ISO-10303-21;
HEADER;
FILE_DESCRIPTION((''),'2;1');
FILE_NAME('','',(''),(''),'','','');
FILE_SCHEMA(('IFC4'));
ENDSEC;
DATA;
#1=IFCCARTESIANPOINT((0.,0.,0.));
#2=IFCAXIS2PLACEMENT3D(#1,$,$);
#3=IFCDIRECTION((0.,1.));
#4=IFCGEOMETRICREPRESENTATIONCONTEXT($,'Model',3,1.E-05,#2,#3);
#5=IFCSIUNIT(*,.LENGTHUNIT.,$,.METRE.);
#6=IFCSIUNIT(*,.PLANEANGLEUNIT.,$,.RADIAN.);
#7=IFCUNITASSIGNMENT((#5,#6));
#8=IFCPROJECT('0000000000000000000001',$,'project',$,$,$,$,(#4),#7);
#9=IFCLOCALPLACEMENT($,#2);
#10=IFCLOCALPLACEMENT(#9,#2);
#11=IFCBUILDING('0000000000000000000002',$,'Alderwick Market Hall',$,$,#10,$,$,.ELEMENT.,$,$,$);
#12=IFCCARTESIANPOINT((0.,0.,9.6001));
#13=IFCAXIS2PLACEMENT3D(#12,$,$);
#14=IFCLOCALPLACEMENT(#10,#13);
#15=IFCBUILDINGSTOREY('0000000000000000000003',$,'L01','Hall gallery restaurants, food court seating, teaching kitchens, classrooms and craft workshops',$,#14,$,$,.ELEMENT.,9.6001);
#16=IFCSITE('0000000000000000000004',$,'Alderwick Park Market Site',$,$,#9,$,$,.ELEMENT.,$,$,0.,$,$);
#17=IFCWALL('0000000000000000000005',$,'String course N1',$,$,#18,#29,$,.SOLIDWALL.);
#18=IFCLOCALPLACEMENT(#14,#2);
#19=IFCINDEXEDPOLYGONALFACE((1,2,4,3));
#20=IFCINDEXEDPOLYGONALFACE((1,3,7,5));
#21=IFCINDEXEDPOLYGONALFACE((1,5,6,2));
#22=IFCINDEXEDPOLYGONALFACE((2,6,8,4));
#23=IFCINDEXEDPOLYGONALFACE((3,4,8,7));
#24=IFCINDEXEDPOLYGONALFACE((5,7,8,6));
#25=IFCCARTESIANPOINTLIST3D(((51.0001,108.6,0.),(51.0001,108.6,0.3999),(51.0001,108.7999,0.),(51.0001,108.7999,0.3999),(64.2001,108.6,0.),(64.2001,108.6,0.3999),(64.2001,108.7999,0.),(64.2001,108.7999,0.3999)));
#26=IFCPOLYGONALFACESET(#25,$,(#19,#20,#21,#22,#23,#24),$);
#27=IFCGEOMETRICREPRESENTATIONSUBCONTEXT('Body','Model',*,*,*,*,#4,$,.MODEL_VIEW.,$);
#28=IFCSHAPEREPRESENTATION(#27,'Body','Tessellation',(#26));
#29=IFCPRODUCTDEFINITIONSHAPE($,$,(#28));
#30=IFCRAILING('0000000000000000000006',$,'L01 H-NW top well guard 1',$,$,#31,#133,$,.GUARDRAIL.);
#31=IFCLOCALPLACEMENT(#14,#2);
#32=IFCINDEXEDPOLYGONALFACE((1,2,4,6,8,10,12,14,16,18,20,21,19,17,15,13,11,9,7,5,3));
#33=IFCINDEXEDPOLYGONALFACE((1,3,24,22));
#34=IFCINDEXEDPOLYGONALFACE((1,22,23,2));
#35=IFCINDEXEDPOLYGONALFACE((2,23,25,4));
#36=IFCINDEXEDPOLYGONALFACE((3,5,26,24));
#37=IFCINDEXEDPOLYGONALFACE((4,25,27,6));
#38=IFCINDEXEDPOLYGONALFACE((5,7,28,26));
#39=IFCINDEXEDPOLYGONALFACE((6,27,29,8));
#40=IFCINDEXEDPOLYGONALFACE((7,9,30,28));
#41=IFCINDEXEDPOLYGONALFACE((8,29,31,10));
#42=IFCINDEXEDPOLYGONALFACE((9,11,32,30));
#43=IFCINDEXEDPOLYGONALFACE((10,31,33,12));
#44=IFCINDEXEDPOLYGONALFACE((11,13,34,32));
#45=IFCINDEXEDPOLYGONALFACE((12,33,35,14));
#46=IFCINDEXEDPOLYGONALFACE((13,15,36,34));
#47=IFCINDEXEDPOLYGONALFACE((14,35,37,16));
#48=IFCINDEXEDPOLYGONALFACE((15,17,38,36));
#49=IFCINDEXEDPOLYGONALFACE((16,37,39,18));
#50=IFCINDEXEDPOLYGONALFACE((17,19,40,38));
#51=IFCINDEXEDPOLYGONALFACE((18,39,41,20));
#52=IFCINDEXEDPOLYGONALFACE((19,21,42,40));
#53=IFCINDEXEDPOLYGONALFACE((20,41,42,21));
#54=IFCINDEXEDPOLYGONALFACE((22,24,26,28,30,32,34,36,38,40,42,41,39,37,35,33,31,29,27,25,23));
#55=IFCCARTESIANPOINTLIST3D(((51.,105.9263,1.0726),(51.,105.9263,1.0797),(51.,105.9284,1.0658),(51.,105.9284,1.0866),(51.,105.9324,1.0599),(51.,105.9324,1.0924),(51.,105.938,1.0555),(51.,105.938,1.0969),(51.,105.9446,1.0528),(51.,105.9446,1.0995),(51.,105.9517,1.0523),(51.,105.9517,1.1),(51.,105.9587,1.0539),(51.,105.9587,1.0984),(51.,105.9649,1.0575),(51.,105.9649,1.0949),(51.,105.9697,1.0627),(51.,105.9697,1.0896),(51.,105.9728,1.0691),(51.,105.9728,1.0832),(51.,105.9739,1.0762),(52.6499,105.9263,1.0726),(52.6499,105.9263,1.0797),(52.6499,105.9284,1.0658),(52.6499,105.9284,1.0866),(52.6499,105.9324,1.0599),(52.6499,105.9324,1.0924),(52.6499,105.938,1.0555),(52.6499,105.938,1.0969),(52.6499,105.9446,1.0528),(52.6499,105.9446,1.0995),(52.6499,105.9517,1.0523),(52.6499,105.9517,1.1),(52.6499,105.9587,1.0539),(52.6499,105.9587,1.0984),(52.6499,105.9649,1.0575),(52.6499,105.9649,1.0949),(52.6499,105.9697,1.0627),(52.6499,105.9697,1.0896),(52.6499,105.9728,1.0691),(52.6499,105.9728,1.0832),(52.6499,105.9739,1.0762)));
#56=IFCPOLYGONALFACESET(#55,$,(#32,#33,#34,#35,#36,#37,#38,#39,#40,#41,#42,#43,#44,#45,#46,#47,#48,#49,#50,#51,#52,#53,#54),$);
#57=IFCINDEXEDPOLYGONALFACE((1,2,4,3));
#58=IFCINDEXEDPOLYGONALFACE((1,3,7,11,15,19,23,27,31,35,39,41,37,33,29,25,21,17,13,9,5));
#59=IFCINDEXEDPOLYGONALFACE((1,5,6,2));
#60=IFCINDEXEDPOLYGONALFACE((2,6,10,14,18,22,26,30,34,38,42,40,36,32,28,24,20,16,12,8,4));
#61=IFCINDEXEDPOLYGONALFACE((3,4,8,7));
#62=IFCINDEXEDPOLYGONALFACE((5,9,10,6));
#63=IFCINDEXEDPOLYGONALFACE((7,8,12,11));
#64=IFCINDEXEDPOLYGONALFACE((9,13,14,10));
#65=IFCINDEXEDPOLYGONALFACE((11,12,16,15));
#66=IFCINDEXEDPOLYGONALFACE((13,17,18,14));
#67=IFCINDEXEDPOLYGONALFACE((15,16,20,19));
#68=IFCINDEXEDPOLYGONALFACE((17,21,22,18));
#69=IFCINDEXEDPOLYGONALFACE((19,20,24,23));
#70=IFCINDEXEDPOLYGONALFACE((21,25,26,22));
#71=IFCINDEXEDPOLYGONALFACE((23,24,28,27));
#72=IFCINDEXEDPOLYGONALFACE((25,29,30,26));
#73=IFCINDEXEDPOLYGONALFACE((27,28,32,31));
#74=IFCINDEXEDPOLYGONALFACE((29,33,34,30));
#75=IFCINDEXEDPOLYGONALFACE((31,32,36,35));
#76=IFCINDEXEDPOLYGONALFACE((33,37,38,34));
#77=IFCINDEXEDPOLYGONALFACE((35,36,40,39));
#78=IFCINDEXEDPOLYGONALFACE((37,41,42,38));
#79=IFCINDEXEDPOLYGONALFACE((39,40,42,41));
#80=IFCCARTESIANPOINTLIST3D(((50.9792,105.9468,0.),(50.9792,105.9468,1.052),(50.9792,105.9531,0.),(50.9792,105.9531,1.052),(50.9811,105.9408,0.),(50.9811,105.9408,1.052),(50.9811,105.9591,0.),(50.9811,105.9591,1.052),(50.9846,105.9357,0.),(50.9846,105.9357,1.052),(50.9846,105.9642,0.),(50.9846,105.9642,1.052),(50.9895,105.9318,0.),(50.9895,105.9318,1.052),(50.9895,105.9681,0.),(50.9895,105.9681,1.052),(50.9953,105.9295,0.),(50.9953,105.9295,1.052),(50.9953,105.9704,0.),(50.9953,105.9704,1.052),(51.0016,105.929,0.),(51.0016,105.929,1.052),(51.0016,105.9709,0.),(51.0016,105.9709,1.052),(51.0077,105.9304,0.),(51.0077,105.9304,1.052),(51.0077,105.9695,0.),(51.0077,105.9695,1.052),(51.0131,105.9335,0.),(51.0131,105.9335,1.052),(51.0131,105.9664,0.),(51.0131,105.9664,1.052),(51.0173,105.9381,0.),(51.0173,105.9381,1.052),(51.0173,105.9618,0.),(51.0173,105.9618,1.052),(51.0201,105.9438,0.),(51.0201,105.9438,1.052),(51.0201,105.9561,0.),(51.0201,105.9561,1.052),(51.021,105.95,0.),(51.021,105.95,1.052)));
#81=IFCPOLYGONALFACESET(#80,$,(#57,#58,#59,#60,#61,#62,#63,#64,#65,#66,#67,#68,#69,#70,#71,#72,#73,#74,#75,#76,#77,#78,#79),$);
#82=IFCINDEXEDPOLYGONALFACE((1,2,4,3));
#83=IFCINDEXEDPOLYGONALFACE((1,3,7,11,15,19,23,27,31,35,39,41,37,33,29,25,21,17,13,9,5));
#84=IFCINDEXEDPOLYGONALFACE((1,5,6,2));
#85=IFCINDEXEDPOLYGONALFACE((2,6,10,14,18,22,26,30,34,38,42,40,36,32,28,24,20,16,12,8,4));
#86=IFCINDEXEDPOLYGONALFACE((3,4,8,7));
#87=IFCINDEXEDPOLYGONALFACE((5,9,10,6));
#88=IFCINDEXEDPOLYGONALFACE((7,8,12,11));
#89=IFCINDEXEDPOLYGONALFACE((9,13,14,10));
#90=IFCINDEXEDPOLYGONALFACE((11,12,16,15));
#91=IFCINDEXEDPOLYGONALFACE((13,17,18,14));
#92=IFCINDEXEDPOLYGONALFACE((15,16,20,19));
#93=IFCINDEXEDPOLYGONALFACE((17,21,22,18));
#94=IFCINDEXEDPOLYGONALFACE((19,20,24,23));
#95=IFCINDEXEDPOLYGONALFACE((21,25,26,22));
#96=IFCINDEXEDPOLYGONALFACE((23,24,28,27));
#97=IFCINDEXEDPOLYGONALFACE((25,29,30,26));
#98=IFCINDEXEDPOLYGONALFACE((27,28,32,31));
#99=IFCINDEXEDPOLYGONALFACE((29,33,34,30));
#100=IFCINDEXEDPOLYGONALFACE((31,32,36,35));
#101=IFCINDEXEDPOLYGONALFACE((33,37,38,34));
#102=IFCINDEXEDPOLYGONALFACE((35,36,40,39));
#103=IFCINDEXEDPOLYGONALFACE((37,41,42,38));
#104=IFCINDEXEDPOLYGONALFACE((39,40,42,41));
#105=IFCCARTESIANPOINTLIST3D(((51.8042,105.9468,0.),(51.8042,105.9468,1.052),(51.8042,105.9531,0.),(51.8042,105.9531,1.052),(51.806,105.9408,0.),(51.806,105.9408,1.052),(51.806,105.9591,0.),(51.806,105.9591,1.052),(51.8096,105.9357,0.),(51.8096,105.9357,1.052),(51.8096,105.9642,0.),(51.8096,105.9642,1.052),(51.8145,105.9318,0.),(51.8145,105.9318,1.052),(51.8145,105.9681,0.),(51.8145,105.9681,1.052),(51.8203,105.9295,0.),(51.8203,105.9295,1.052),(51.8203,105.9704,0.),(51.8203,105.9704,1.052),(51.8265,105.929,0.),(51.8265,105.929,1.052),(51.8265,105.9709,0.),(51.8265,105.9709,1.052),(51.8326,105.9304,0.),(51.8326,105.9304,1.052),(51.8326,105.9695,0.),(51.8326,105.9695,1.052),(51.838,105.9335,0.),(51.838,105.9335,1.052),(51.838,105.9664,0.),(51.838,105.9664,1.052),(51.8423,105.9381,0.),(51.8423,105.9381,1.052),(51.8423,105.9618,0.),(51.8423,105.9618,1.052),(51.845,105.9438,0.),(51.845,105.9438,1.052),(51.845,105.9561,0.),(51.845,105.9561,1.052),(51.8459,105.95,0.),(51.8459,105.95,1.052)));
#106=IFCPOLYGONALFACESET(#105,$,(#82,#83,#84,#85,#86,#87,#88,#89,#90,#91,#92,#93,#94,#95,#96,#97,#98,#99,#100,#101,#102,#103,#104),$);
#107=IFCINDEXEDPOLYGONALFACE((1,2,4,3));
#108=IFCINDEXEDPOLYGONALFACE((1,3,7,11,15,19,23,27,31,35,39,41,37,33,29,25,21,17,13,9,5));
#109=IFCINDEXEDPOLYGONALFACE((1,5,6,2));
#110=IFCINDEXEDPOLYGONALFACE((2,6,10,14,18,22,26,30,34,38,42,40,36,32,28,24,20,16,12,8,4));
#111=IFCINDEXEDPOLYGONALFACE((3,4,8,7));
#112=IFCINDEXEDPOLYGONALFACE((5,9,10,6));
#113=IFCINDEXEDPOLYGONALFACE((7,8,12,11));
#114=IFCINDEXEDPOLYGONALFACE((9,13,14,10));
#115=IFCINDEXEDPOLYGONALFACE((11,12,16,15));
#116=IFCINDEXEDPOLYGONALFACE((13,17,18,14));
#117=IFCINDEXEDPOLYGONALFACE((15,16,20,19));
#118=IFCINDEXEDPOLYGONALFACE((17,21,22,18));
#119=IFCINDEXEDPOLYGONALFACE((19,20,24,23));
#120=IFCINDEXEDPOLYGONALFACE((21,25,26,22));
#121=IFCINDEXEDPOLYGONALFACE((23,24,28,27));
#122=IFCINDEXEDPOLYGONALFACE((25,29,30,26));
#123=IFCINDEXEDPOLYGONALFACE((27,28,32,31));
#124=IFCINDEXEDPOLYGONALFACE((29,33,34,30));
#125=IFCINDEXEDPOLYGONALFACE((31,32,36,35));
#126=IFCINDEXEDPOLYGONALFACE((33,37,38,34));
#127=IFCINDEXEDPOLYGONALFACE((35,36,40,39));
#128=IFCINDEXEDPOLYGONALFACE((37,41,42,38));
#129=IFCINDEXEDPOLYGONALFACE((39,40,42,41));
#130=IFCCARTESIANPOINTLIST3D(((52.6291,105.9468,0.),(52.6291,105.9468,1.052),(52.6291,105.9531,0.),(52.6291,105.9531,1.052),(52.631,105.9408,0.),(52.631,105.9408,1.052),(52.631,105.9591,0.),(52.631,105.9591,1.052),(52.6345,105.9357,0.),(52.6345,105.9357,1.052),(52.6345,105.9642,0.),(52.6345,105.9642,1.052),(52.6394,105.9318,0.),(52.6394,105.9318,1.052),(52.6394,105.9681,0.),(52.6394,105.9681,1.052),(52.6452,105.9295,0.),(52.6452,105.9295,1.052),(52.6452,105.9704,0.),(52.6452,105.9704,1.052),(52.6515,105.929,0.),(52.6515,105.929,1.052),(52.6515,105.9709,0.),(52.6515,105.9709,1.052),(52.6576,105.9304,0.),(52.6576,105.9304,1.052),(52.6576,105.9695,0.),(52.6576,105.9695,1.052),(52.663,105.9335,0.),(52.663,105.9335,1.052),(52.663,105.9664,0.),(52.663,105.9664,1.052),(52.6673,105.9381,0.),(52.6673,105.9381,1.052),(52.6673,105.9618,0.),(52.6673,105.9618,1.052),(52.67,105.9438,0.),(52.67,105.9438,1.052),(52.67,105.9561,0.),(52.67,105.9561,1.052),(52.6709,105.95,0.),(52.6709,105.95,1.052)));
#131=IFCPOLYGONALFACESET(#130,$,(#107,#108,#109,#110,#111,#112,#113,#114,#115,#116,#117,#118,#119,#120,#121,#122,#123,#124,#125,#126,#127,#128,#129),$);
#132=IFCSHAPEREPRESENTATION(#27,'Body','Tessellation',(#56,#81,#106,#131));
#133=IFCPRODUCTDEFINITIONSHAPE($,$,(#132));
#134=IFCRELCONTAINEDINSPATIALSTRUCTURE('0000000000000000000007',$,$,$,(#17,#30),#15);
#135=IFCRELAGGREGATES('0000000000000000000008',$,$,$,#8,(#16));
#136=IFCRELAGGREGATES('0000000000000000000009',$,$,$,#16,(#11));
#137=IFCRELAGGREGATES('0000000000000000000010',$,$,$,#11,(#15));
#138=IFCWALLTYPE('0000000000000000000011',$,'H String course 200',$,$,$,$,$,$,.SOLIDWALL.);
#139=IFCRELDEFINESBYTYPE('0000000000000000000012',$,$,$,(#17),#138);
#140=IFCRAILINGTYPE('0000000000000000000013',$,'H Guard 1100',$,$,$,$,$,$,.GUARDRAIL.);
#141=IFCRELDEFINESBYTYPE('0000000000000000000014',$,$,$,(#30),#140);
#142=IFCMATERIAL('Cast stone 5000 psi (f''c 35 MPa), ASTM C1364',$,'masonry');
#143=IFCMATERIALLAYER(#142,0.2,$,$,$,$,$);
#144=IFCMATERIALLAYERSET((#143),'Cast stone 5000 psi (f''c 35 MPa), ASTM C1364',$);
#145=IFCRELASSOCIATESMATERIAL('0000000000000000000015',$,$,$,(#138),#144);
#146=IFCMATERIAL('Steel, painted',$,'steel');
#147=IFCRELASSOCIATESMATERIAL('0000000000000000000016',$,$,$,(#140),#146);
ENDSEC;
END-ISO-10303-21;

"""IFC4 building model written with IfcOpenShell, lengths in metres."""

from ifc_helpers import new_model, si_unit, direction, frame, frame_2d, origin, origin_2d, place, context, subcontext, project, spatial, rectangle, circle, extrude, material, layer, layer_set, type_object, element, save


model = new_model("IFC4")

# Units and contexts
model_context = context("Model", 3, precision=1e-05, world=origin(), true_north=direction((0.0, 1.0)))
body_context = subcontext(model_context, "Body", "Model", "MODEL_VIEW")
ifc_project = project(units=[si_unit("LENGTHUNIT", "METRE"), si_unit("PLANEANGLEUNIT", "RADIAN")], contexts=[model_context])

# Site, building, storey
site_placement = place(None, origin())
site = spatial("IfcSite", under=ifc_project, at=site_placement, Name="Alderwick Park Market Site", CompositionType="ELEMENT", RefElevation=0.0)
building_placement = place(site_placement, origin())
building = spatial("IfcBuilding", under=site, at=building_placement, Name="Alderwick Market Hall", CompositionType="ELEMENT")
storey_placement = place(building_placement, frame((0.0, 0.0, 9.6001)))
storey = spatial("IfcBuildingStorey", under=building, at=storey_placement, Name="L01", Description="Hall gallery restaurants, food court seating, teaching kitchens, classrooms and craft workshops", CompositionType="ELEMENT", Elevation=9.6001)

# Wall
ifc_material_1 = material(Name="Cast stone 5000 psi (f'c 35 MPa), ASTM C1364", Category="masonry")
ifc_layer_1 = layer(ifc_material_1, 0.2)
ifc_layer_set_1 = layer_set([ifc_layer_1], Name="Cast stone 5000 psi (f'c 35 MPa), ASTM C1364")
wall_type_1 = type_object("IfcWallType", Name="H String course 200", PredefinedType="SOLIDWALL", material=ifc_layer_set_1)
wall_1_placement = place(storey_placement, frame((51.0, 108.7, 0.0), z_axis=(0.0, 0.0, 1.0), x_axis=(1.0, 0.0, 0.0)))
element("IfcWall", 1, at=wall_1_placement, inside=storey, type_object=wall_type_1, Name="String course N1", PredefinedType="SOLIDWALL", context=body_context, shape_type="SweptSolid", body=[
    extrude(rectangle(XDim=13.2, YDim=0.2, at=frame_2d((6.6001, 0.0))), origin(), (0.0, 0.0, 1.0), 0.3999),
])

# Railing
ifc_material_2 = material(Name="Steel, painted", Category="steel")
railing_type = type_object("IfcRailingType", Name="H Guard 1100", PredefinedType="GUARDRAIL", material=ifc_material_2)
railing_1_placement = place(storey_placement, frame((51.0, 105.95, 0.0)))
element("IfcRailing", 2, at=railing_1_placement, inside=storey, type_object=railing_type, Name="L01 H-NW top well guard 1", PredefinedType="GUARDRAIL", context=body_context, shape_type="SweptSolid", body=[
    extrude(circle(Radius=0.0239, at=origin_2d()), frame((0.0, 0.0, 1.0762), z_axis=(1.0, 0.0, 0.0), x_axis=(0.0, 1.0, 0.0)), (0.0, 0.0, 1.0), 1.6499),
    extrude(circle(Radius=0.021, at=origin_2d()), origin(), (0.0, 0.0, 1.0), 1.052),
    extrude(circle(Radius=0.021, at=origin_2d()), frame((0.825, 0.0, 0.0)), (0.0, 0.0, 1.0), 1.052),
    extrude(circle(Radius=0.021, at=origin_2d()), frame((1.6499, 0.0, 0.0)), (0.0, 0.0, 1.0), 1.052),
])

save(model, "model.ifc")
